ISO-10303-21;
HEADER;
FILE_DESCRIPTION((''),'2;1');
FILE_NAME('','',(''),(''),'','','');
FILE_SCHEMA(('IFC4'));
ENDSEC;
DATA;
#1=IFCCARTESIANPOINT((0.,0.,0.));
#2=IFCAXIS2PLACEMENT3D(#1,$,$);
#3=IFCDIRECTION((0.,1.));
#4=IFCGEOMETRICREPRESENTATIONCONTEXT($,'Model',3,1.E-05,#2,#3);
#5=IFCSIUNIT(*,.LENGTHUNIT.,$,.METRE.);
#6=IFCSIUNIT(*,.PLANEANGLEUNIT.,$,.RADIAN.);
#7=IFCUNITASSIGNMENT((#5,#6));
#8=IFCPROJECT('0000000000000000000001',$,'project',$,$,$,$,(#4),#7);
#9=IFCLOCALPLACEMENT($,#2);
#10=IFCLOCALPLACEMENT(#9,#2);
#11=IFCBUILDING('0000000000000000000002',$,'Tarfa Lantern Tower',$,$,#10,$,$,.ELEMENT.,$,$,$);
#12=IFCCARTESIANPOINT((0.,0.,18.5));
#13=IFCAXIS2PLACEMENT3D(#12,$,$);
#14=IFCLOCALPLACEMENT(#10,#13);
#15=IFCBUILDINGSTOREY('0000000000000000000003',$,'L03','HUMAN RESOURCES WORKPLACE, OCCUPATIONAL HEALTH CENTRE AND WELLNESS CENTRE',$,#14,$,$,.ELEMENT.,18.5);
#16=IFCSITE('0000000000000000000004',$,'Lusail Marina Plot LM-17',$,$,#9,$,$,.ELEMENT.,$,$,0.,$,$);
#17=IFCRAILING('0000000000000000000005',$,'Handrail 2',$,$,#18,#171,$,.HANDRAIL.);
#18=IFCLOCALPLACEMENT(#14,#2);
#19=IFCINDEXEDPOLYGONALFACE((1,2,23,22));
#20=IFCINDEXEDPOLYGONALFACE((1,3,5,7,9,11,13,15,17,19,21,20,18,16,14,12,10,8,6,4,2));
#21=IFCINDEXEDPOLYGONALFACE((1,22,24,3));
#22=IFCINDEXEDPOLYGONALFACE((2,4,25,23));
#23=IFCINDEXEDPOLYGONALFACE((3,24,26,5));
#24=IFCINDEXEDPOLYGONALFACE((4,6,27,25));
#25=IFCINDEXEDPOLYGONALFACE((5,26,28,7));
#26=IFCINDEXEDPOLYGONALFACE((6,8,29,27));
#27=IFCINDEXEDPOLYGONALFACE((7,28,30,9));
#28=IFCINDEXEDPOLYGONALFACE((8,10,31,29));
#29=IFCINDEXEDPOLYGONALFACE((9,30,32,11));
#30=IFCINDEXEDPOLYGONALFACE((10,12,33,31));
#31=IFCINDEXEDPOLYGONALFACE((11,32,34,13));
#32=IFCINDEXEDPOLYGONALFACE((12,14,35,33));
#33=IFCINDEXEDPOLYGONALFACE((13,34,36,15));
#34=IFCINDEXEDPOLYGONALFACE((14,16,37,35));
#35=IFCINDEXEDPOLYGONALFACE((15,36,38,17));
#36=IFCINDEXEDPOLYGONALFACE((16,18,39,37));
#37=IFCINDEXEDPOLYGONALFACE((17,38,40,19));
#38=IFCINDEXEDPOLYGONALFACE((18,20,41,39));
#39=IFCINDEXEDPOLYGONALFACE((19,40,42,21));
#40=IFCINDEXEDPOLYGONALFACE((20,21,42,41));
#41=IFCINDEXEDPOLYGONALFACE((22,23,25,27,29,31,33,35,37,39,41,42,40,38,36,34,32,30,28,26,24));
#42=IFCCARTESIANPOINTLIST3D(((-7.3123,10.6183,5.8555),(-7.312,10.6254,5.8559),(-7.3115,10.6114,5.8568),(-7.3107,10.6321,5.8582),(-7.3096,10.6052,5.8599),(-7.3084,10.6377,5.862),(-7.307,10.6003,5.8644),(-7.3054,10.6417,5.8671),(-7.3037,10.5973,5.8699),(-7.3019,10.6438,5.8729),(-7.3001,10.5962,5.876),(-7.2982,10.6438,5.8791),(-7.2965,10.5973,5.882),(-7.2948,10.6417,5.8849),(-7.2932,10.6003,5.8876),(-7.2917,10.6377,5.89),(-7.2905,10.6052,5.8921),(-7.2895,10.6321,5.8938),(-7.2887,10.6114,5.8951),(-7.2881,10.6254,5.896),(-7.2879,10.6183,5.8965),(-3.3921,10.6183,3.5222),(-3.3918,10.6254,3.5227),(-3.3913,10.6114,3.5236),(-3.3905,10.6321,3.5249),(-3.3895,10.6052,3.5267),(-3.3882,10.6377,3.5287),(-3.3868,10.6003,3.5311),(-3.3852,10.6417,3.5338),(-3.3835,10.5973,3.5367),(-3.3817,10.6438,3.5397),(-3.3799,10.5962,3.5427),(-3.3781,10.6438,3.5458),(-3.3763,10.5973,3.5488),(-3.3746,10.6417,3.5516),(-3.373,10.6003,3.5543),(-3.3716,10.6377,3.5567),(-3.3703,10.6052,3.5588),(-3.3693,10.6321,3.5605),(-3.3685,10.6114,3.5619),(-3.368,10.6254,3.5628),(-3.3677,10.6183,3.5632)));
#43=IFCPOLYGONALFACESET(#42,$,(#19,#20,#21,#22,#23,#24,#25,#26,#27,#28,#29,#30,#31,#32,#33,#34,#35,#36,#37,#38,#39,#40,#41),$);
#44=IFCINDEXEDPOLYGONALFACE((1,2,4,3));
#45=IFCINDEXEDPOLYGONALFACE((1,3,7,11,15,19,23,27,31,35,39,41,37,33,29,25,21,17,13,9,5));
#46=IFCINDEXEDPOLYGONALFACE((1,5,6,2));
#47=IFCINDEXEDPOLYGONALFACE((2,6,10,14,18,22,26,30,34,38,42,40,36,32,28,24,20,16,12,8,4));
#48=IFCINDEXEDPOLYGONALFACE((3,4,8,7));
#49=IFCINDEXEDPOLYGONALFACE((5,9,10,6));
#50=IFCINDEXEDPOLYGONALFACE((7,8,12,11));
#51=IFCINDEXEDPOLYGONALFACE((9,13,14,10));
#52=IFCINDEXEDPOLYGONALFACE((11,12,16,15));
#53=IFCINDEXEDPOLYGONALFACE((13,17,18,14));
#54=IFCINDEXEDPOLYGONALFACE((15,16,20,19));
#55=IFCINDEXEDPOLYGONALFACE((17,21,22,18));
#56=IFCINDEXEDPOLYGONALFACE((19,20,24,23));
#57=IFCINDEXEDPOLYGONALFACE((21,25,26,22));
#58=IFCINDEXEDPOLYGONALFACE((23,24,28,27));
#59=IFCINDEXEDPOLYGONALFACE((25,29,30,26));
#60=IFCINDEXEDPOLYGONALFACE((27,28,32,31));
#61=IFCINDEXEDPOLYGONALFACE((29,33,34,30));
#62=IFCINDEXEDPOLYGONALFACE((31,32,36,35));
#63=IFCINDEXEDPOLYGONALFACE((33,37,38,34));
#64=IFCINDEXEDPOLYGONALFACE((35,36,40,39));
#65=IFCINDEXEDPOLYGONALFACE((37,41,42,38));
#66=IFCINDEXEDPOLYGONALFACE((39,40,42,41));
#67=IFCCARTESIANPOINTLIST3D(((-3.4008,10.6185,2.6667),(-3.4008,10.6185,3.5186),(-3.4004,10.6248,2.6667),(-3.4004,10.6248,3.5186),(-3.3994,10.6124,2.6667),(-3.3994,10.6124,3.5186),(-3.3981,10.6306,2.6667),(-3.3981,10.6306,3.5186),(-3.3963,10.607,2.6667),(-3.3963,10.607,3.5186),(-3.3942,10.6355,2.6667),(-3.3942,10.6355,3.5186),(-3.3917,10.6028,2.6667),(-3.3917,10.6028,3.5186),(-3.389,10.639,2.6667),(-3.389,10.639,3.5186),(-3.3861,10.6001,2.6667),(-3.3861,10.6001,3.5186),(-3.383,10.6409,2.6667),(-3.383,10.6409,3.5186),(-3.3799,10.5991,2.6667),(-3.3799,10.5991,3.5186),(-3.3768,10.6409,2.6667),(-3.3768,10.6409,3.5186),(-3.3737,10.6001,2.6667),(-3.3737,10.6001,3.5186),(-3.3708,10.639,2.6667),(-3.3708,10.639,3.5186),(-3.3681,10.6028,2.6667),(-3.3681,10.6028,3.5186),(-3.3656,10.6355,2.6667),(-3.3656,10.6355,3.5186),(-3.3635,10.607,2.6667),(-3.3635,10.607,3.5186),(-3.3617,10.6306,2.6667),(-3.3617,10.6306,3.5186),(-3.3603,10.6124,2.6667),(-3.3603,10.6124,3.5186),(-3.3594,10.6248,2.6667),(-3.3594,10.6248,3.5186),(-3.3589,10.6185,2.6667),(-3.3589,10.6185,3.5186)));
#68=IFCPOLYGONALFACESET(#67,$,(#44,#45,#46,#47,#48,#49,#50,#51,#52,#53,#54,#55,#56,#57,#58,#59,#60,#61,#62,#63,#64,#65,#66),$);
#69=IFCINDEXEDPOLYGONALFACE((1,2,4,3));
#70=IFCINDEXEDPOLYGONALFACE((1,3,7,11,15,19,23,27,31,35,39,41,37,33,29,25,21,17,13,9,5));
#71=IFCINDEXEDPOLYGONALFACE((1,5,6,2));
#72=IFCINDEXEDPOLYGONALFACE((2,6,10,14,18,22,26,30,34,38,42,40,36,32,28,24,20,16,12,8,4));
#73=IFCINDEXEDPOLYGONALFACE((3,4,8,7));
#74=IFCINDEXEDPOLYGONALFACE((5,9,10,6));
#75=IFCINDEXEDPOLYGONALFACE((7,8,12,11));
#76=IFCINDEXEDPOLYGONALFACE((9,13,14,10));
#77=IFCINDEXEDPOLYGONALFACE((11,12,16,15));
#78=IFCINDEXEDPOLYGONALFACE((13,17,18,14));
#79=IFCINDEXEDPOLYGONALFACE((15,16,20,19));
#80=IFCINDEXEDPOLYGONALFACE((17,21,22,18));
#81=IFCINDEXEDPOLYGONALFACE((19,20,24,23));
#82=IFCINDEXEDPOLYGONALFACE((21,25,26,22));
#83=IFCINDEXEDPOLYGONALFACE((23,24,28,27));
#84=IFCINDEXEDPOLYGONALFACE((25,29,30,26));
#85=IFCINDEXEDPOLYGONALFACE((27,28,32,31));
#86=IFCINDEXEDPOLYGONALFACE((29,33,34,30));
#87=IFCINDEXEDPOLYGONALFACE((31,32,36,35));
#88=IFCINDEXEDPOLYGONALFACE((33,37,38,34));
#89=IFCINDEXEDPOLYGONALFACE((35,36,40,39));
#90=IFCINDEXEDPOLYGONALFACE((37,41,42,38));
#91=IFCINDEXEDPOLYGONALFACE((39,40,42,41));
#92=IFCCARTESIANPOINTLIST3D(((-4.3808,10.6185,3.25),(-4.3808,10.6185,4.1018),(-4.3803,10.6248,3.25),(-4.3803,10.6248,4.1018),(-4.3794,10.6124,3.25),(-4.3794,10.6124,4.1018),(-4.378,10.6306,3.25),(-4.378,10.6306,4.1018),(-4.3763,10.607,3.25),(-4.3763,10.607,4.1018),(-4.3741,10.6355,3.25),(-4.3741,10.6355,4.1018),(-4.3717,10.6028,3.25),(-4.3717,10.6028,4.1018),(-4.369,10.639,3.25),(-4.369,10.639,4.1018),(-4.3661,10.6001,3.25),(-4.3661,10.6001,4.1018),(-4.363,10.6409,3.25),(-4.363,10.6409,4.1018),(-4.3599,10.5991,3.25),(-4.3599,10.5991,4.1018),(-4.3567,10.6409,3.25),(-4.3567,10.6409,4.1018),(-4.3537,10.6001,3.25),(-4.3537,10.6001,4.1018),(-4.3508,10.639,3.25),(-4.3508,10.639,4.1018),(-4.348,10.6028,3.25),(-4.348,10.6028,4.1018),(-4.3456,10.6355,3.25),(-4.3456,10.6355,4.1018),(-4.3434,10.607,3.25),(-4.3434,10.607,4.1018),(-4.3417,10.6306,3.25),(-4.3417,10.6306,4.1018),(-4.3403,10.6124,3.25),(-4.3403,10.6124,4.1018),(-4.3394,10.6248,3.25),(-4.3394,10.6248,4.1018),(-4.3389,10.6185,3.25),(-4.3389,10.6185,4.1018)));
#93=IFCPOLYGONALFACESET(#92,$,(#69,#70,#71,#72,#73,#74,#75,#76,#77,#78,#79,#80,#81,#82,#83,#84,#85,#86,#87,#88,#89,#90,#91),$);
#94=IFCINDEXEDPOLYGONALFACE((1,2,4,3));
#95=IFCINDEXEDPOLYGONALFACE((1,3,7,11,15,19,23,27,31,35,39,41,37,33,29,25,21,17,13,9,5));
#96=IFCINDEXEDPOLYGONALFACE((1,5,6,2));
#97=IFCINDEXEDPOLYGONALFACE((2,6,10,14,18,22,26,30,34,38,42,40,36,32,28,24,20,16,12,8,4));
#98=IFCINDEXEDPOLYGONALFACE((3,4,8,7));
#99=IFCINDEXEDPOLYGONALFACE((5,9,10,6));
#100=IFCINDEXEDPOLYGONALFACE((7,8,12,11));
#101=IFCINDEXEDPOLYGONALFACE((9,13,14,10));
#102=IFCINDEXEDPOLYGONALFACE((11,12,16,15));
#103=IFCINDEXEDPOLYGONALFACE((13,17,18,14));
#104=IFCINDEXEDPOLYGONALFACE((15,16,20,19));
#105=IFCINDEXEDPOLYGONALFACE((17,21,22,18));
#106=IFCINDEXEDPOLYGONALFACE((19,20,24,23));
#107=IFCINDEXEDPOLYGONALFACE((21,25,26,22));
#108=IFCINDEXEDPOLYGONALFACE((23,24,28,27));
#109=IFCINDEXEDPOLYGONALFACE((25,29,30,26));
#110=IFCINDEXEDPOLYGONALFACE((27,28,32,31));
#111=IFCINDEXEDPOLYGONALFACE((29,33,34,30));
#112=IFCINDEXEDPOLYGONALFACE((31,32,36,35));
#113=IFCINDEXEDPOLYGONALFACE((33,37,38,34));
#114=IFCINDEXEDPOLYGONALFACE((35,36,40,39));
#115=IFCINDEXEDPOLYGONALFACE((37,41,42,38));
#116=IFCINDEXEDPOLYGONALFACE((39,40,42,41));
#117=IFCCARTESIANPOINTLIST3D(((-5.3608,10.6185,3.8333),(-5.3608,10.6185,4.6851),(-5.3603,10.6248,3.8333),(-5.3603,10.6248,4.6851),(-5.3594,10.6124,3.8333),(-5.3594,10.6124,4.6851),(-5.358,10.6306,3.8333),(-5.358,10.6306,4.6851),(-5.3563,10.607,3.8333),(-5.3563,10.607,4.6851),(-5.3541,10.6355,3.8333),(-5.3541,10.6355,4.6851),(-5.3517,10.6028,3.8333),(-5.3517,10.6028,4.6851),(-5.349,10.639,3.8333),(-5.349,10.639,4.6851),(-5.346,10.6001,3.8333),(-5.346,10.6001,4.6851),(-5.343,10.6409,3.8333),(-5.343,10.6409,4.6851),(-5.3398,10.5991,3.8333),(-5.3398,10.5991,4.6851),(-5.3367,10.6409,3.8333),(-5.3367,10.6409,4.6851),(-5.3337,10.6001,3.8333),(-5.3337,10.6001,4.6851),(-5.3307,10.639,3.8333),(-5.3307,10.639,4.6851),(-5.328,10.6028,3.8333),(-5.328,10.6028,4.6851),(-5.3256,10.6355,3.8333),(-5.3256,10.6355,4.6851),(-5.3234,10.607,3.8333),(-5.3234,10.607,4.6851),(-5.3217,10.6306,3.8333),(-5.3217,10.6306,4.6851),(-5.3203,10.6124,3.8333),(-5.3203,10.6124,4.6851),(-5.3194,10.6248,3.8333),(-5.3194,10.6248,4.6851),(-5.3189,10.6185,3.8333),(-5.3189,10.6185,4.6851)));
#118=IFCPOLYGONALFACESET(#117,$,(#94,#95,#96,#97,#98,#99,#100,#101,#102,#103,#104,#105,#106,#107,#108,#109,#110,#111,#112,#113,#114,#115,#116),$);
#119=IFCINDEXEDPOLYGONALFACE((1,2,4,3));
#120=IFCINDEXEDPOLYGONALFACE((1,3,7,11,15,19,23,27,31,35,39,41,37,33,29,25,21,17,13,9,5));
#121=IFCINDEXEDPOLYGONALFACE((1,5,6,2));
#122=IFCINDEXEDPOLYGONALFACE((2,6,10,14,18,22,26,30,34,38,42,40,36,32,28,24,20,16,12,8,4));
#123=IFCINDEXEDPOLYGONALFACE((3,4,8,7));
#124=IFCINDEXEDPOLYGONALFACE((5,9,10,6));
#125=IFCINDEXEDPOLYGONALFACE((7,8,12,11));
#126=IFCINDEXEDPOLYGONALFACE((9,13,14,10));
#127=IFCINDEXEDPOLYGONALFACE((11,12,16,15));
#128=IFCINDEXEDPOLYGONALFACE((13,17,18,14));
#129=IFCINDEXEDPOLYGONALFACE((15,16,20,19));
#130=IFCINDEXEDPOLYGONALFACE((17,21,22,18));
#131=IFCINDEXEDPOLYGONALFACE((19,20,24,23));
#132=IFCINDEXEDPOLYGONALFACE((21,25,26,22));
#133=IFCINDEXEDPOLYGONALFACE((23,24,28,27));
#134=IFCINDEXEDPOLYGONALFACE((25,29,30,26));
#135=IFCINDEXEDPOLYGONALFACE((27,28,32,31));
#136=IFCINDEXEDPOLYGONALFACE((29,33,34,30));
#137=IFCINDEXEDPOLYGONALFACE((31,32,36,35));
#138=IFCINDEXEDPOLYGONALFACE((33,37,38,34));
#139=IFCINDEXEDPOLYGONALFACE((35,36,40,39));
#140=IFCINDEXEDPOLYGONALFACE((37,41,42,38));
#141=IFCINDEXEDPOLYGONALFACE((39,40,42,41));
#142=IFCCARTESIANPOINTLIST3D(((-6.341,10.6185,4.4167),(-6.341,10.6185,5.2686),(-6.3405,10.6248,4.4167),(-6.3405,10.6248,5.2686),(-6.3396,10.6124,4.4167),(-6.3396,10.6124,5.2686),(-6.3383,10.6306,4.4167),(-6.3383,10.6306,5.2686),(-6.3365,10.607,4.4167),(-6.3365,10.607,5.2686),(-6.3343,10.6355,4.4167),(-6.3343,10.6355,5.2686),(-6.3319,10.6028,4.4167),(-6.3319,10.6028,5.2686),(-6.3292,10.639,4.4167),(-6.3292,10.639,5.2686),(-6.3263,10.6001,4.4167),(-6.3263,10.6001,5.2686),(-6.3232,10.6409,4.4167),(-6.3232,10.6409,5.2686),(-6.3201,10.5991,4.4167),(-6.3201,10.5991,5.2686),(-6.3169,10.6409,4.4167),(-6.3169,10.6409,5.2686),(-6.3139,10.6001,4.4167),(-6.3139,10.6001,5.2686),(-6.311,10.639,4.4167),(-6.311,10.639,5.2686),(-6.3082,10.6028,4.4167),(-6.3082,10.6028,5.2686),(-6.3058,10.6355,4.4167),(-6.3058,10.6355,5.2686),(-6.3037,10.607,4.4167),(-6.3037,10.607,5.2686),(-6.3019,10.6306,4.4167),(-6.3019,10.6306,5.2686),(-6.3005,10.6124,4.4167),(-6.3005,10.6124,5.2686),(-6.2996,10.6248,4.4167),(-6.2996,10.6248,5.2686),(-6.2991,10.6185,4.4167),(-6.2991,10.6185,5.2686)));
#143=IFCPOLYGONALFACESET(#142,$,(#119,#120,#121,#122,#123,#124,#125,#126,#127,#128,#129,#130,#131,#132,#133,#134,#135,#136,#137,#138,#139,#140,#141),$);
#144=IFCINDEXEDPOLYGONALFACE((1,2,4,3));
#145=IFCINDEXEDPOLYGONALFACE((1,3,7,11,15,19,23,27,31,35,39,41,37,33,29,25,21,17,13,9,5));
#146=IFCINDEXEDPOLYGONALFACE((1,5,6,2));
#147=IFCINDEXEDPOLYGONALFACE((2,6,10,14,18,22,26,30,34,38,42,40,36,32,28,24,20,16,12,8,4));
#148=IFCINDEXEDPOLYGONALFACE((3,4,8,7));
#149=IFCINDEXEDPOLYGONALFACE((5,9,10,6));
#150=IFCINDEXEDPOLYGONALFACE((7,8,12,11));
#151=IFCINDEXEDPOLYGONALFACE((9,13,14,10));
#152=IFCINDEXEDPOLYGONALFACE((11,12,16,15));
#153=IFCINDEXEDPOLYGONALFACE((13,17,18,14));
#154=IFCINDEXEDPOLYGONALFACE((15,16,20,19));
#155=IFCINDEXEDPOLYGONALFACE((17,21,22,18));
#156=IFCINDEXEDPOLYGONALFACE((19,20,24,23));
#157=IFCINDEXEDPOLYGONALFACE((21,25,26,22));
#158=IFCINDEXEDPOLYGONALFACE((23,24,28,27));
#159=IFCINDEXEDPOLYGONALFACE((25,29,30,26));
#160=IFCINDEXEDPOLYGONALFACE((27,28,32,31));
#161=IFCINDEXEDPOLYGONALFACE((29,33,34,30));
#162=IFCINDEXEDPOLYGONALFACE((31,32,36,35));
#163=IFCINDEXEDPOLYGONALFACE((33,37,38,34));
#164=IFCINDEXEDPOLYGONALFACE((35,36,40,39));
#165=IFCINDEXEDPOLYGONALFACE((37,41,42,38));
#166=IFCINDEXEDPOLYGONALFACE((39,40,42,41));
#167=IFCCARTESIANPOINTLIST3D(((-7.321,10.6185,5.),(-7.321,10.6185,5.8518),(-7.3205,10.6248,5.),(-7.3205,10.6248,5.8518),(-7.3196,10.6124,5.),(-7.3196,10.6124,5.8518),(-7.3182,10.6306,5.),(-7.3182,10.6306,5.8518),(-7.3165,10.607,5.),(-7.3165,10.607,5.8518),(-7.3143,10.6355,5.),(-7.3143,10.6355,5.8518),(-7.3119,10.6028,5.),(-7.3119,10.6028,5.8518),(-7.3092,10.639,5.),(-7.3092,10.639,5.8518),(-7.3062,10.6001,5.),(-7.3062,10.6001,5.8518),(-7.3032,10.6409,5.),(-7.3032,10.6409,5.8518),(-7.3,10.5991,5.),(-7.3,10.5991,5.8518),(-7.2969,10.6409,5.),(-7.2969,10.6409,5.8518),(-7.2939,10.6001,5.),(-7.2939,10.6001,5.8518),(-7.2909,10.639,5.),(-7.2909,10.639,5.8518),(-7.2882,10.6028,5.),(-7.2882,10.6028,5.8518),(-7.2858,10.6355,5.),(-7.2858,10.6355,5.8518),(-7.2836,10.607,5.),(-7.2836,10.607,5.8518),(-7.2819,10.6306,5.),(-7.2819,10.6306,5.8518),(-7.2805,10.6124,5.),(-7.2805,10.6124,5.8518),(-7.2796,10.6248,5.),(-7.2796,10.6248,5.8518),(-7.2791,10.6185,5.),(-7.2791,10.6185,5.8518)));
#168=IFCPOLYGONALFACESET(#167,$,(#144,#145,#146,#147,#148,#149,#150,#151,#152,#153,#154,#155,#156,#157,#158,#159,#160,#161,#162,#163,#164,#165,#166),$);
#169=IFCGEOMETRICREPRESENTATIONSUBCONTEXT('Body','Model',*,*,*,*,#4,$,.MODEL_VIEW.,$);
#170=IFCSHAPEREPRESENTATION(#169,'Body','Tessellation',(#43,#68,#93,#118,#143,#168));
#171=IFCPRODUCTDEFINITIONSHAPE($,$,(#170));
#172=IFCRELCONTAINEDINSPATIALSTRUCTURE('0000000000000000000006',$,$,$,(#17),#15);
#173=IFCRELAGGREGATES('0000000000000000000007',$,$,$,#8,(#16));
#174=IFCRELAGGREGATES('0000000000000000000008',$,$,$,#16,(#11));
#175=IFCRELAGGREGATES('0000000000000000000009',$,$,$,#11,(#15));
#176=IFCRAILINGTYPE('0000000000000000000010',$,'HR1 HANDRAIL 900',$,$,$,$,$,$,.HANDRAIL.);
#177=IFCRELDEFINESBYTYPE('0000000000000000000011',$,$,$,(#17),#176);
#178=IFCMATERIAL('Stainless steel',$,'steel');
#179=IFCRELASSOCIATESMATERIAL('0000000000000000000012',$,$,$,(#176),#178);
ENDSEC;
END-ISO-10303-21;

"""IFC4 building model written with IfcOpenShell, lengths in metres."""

from ifc_helpers import new_model, si_unit, direction, frame, origin, origin_2d, place, context, subcontext, project, spatial, circle, extrude, material, type_object, element, save


model = new_model("IFC4")

# Units and contexts
model_context = context("Model", 3, precision=1e-05, world=origin(), true_north=direction((0.0, 1.0)))
body_context = subcontext(model_context, "Body", "Model", "MODEL_VIEW")
ifc_project = project(units=[si_unit("LENGTHUNIT", "METRE"), si_unit("PLANEANGLEUNIT", "RADIAN")], contexts=[model_context])

# Site, building, storey
site_placement = place(None, origin())
site = spatial("IfcSite", under=ifc_project, at=site_placement, Name="Lusail Marina Plot LM-17", CompositionType="ELEMENT", RefElevation=0.0)
building_placement = place(site_placement, origin())
building = spatial("IfcBuilding", under=site, at=building_placement, Name="Tarfa Lantern Tower", CompositionType="ELEMENT")
storey_placement = place(building_placement, frame((0.0, 0.0, 18.5)))
storey = spatial("IfcBuildingStorey", under=building, at=storey_placement, Name="L03", Description="HUMAN RESOURCES WORKPLACE, OCCUPATIONAL HEALTH CENTRE AND WELLNESS CENTRE", CompositionType="ELEMENT", Elevation=18.5)

# Railing
ifc_material_1 = material(Name="Stainless steel", Category="steel")
railing_type = type_object("IfcRailingType", Name="HR1 HANDRAIL 900", PredefinedType="HANDRAIL", material=ifc_material_1)
railing_1_placement = place(storey_placement, frame((-3.3799, 10.6201, 2.6667)))
element("IfcRailing", 1, at=railing_1_placement, inside=storey, type_object=railing_type, Name="Handrail 2", PredefinedType="HANDRAIL", context=body_context, shape_type="SweptSolid", body=[
    extrude(circle(Radius=0.0239, at=origin_2d()), frame((0.0, 0.0, 0.876), z_axis=(-0.85931, 0.0, 0.511455), x_axis=(0.0, -1.0, 0.0)), (0.0, 0.0, 1.0), 4.562),
    extrude(circle(Radius=0.021, at=origin_2d()), frame((0.0, 0.0, 0.0), z_axis=(0.0, 0.0, 1.0), x_axis=(0.0, -1.0, 0.0)), (0.0, 0.0, 1.0), 0.8518),
    extrude(circle(Radius=0.021, at=origin_2d()), frame((-0.98, 0.0, 0.5833), z_axis=(0.0, 0.0, 1.0), x_axis=(0.0, -1.0, 0.0)), (0.0, 0.0, 1.0), 0.8518),
    extrude(circle(Radius=0.021, at=origin_2d()), frame((-1.96, 0.0, 1.1665), z_axis=(0.0, 0.0, 1.0), x_axis=(0.0, -1.0, 0.0)), (0.0, 0.0, 1.0), 0.8518),
    extrude(circle(Radius=0.021, at=origin_2d()), frame((-2.9402, 0.0, 1.75), z_axis=(0.0, 0.0, 1.0), x_axis=(0.0, -1.0, 0.0)), (0.0, 0.0, 1.0), 0.8518),
    extrude(circle(Radius=0.021, at=origin_2d()), frame((-3.9202, 0.0, 2.3333), z_axis=(0.0, 0.0, 1.0), x_axis=(0.0, -1.0, 0.0)), (0.0, 0.0, 1.0), 0.8518),
])

save(model, "model.ifc")
